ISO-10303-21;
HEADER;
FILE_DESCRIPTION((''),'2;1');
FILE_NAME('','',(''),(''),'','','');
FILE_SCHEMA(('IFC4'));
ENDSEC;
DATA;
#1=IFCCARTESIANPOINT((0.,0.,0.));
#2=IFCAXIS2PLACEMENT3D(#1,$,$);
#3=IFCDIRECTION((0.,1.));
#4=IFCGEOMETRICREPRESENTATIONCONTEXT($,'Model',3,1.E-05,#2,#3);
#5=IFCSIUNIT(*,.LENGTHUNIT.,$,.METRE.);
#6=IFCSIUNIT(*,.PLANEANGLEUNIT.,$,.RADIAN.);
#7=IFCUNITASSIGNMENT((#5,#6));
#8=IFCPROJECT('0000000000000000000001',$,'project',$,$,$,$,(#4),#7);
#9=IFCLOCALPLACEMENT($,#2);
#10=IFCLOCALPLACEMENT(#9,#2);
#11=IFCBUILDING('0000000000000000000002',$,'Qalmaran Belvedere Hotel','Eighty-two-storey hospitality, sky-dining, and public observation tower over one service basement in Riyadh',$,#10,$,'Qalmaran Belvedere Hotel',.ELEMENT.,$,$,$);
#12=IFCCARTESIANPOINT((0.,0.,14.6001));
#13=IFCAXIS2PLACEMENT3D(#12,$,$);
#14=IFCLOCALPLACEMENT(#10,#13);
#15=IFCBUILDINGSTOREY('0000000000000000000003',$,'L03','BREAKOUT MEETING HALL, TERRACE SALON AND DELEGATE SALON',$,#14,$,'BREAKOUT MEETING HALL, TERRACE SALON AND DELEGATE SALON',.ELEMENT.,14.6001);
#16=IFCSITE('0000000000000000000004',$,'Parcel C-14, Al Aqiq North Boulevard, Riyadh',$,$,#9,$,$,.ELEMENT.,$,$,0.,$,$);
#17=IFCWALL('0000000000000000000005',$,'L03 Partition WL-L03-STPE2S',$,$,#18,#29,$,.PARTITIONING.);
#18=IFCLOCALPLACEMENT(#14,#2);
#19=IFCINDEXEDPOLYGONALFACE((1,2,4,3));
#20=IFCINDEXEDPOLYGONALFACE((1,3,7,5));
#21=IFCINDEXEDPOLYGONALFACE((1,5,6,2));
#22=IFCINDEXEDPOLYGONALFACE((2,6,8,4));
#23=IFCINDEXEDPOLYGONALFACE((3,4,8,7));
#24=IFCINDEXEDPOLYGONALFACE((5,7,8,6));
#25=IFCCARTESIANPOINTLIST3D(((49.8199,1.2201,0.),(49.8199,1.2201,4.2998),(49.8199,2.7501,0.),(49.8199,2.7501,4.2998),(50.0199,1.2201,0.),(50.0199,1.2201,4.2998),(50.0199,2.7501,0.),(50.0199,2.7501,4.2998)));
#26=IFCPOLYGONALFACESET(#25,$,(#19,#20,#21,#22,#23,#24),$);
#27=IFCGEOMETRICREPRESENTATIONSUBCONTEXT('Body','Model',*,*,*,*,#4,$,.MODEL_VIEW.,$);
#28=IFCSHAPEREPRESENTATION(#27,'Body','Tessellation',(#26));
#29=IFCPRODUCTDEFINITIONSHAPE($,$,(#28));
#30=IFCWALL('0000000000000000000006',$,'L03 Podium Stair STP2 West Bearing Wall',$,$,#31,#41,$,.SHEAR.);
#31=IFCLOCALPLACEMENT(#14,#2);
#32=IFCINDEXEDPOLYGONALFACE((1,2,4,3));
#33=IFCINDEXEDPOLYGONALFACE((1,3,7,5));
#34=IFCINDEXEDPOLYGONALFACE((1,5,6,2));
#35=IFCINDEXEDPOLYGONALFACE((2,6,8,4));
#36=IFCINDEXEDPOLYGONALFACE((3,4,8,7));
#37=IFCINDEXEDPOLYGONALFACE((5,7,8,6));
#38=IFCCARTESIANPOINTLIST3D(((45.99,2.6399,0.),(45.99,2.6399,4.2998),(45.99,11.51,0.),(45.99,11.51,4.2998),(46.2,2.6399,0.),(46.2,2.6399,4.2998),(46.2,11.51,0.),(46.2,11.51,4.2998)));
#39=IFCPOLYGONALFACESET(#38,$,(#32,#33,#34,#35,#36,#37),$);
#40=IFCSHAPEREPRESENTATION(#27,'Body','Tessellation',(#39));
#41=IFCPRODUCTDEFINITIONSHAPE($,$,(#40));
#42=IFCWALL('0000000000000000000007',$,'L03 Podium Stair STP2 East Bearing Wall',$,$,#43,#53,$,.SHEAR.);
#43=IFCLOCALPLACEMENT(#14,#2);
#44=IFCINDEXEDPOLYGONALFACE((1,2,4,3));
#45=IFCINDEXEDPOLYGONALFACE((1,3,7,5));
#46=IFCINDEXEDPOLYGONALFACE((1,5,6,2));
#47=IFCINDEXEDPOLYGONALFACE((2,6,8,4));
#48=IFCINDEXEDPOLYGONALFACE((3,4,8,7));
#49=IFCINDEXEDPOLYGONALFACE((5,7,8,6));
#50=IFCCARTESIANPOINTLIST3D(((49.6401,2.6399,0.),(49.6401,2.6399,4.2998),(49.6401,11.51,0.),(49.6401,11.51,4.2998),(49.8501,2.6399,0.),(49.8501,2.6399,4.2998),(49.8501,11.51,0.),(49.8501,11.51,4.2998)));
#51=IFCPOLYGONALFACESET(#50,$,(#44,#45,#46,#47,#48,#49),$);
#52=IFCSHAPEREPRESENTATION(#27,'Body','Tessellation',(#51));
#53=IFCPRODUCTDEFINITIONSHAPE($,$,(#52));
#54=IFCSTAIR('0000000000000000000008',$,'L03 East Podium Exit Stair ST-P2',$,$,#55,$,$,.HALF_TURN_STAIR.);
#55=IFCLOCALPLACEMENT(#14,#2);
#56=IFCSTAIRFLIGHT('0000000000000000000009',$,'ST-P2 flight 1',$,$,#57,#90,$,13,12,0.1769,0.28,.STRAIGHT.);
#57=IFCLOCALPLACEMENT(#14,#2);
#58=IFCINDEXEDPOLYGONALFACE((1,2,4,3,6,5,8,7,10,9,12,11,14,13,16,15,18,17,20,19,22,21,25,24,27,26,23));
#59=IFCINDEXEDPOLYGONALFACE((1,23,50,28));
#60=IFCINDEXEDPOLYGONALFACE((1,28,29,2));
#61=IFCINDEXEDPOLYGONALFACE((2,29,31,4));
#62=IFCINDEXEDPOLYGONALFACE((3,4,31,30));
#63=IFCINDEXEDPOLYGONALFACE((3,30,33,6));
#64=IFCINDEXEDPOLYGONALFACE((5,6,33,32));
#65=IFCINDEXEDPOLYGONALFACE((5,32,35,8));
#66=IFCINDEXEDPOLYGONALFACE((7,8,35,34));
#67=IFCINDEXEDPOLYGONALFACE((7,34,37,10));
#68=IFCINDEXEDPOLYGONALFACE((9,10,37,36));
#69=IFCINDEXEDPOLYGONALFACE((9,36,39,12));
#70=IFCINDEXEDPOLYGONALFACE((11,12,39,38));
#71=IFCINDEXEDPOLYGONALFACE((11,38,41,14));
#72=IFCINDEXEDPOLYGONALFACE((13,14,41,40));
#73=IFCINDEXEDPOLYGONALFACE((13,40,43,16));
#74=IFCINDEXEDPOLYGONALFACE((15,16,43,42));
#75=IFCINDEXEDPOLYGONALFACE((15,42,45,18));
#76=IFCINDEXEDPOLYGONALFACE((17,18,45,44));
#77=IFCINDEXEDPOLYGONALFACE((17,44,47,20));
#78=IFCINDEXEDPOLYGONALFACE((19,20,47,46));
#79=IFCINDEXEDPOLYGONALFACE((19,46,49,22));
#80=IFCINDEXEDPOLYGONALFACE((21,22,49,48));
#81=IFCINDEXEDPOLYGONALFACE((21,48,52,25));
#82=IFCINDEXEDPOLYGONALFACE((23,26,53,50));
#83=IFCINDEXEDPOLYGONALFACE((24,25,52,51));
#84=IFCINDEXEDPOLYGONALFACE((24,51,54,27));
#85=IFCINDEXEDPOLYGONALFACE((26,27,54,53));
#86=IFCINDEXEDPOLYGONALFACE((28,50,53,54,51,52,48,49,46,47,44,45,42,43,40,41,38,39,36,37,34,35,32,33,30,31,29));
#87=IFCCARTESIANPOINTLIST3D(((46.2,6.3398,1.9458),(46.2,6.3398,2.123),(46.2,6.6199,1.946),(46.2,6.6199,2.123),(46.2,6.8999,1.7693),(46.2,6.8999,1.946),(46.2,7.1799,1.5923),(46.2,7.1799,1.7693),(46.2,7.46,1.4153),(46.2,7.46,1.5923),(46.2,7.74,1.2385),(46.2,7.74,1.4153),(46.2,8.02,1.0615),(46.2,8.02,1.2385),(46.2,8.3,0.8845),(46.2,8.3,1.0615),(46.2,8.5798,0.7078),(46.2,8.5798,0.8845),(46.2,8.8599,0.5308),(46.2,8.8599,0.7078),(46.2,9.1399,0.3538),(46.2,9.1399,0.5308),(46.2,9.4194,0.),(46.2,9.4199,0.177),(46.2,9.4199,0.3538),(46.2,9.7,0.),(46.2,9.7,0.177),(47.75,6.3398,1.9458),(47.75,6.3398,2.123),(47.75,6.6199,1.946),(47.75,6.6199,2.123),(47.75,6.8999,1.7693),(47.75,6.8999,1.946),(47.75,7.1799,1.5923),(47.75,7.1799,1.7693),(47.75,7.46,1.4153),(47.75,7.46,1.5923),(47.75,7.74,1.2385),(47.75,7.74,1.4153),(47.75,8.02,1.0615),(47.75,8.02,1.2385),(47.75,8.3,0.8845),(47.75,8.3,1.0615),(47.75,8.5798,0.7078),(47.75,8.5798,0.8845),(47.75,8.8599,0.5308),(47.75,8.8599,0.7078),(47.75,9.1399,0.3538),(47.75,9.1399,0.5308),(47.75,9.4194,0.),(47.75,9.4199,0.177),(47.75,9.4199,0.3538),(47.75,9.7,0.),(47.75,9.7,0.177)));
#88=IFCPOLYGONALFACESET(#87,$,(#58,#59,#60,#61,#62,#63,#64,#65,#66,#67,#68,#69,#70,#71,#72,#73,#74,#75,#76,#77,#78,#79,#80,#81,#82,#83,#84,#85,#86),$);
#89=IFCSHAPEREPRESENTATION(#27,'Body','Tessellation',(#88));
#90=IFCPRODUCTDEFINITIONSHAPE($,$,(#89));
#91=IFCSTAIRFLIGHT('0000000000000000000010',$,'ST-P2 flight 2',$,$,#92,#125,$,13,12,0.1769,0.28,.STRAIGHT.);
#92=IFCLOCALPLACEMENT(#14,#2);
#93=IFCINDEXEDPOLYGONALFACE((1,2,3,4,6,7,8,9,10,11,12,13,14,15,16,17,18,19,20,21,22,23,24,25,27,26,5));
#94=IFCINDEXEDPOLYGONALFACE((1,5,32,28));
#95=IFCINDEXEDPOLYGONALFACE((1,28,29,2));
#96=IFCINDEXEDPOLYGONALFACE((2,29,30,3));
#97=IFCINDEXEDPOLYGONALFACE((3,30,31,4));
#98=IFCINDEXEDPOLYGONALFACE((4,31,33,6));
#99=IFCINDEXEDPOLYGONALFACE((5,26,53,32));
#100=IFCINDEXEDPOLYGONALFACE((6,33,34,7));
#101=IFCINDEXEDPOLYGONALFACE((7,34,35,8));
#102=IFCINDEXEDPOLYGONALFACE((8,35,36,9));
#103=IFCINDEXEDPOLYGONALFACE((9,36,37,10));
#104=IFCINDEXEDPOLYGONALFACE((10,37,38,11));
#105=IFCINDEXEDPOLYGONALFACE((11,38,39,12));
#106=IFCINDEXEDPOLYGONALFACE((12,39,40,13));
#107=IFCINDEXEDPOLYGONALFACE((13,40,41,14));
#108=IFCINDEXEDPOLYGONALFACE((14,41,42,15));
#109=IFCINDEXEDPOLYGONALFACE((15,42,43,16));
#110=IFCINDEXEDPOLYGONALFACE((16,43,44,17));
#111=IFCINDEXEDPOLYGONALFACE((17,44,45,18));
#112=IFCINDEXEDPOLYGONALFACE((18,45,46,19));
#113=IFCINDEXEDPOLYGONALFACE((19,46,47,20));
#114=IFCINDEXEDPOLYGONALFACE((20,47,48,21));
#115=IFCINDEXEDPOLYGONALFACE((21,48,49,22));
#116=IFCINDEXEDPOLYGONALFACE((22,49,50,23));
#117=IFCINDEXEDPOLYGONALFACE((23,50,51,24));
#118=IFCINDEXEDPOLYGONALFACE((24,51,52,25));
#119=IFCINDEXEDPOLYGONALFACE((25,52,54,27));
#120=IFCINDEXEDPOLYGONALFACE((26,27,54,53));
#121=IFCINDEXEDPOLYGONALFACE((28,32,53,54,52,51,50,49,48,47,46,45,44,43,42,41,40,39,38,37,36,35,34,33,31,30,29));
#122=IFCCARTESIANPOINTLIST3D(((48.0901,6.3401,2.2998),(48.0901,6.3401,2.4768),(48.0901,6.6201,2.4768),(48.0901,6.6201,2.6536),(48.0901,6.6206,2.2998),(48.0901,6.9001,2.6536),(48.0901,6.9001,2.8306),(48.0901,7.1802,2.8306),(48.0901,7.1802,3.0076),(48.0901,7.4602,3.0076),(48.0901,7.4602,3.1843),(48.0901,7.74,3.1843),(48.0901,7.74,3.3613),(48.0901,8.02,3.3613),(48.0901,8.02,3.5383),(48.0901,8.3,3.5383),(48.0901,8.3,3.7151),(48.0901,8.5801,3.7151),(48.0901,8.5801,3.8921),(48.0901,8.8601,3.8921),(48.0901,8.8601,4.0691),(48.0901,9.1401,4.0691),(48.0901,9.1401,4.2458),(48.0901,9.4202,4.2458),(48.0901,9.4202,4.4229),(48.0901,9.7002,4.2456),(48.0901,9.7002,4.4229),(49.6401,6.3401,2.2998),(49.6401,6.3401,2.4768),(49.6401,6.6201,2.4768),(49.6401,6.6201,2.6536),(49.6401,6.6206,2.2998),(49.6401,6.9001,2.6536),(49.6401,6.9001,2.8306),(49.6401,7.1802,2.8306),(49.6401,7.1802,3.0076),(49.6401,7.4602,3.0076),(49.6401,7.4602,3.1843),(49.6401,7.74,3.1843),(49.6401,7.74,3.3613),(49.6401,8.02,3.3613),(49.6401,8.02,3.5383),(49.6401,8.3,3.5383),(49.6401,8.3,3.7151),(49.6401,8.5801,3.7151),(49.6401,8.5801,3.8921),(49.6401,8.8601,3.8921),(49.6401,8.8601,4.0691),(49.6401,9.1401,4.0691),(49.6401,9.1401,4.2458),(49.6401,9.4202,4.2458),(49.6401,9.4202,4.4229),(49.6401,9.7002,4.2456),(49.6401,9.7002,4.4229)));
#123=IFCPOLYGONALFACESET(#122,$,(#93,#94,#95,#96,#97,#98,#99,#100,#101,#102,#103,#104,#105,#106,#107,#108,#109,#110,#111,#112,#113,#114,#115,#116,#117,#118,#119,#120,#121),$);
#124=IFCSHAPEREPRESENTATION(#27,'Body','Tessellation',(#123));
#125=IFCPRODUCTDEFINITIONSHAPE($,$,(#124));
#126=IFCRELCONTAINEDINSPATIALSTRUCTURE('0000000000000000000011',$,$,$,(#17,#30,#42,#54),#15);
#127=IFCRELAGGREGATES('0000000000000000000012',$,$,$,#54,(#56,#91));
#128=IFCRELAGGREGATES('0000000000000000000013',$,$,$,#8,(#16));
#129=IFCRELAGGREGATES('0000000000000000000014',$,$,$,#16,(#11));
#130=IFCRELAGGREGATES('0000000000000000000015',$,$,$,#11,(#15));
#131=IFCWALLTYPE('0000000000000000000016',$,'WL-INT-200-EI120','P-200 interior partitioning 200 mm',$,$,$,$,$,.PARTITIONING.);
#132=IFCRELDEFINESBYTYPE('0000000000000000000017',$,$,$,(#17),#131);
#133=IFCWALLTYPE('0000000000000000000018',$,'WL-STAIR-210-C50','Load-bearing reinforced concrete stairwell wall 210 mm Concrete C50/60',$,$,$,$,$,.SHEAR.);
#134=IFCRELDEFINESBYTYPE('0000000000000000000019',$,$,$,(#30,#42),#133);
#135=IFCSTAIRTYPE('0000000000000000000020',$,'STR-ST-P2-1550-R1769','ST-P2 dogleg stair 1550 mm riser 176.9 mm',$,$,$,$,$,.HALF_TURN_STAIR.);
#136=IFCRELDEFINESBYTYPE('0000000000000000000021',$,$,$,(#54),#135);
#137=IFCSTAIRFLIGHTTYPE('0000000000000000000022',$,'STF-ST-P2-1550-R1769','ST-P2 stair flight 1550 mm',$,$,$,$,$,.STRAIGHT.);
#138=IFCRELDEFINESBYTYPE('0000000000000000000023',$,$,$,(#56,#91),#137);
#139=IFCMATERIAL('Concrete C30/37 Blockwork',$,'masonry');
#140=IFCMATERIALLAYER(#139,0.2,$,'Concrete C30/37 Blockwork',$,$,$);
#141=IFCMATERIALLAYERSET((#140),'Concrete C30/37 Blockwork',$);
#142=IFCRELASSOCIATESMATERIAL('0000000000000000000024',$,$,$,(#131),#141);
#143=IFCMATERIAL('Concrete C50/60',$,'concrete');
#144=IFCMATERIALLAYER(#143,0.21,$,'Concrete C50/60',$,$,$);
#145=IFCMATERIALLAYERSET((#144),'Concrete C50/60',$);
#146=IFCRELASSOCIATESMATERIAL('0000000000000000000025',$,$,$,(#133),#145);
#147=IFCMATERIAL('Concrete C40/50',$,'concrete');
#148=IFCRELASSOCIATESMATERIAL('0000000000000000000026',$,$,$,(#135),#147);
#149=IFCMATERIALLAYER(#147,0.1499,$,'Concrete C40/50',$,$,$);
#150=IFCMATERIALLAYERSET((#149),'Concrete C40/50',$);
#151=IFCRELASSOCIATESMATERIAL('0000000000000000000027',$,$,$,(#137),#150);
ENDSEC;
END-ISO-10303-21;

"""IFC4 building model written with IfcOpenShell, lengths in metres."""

from ifc_helpers import new_model, si_unit, direction, frame, frame_2d, origin, place, context, subcontext, project, spatial, polyline, rectangle, outline, extrude, material, layer, layer_set, type_object, element, aggregate, save


model = new_model("IFC4")

# Units and contexts
model_context = context("Model", 3, precision=1e-05, world=origin(), true_north=direction((0.0, 1.0)))
body_context = subcontext(model_context, "Body", "Model", "MODEL_VIEW")
ifc_project = project(units=[si_unit("LENGTHUNIT", "METRE"), si_unit("PLANEANGLEUNIT", "RADIAN")], contexts=[model_context])

# Site, building, storey
site_placement = place(None, origin())
site = spatial("IfcSite", under=ifc_project, at=site_placement, Name="Parcel C-14, Al Aqiq North Boulevard, Riyadh", CompositionType="ELEMENT", RefElevation=0.0)
building_placement = place(site_placement, origin())
building = spatial("IfcBuilding", under=site, at=building_placement, Name="Qalmaran Belvedere Hotel", Description="Eighty-two-storey hospitality, sky-dining, and public observation tower over one service basement in Riyadh", LongName="Qalmaran Belvedere Hotel", CompositionType="ELEMENT")
storey_placement = place(building_placement, frame((0.0, 0.0, 14.6001)))
storey = spatial("IfcBuildingStorey", under=building, at=storey_placement, Name="L03", Description="BREAKOUT MEETING HALL, TERRACE SALON AND DELEGATE SALON", LongName="BREAKOUT MEETING HALL, TERRACE SALON AND DELEGATE SALON", CompositionType="ELEMENT", Elevation=14.6001)

# Shared definitions
ifc_material_1 = material(Name="Concrete C30/37 Blockwork", Category="masonry")
ifc_layer_1 = layer(ifc_material_1, 0.2, Name="Concrete C30/37 Blockwork")
ifc_layer_set_1 = layer_set([ifc_layer_1], Name="Concrete C30/37 Blockwork")
wall_type_1 = type_object("IfcWallType", Name="WL-INT-200-EI120", Description="P-200 interior partitioning 200 mm", PredefinedType="PARTITIONING", material=ifc_layer_set_1)

# Walls
wall_1_placement = place(storey_placement, frame((49.9199, 1.22, 0.0), z_axis=(0.0, 0.0, 1.0), x_axis=(0.0, 1.0, 0.0)))
element("IfcWall", 1, at=wall_1_placement, inside=storey, type_object=wall_type_1, Name="L03 Partition WL-L03-STPE2S", PredefinedType="PARTITIONING", context=body_context, shape_type="SweptSolid", body=[
    extrude(rectangle(XDim=1.53, YDim=0.2, at=frame_2d((0.7651, 0.0))), origin(), (0.0, 0.0, 1.0), 4.2998),
])
ifc_material_2 = material(Name="Concrete C50/60", Category="concrete")
ifc_layer_2 = layer(ifc_material_2, 0.21, Name="Concrete C50/60")
ifc_layer_set_2 = layer_set([ifc_layer_2], Name="Concrete C50/60")
wall_type_2 = type_object("IfcWallType", Name="WL-STAIR-210-C50", Description="Load-bearing reinforced concrete stairwell wall 210 mm Concrete C50/60", PredefinedType="SHEAR", material=ifc_layer_set_2)
for number, where, z_axis, x_axis, name in (
    (2, (46.095, 2.6399, 0.0), (0.0, 0.0, 1.0), (0.0, 1.0, 0.0), "L03 Podium Stair STP2 West Bearing Wall"),
    (3, (49.7451, 2.6399, 0.0), (0.0, 0.0, 1.0), (0.0, 1.0, 0.0), "L03 Podium Stair STP2 East Bearing Wall"),
):
    element("IfcWall", number, at=place(storey_placement, frame(where, z_axis=z_axis, x_axis=x_axis)), inside=storey, type_object=wall_type_2, Name=name, PredefinedType="SHEAR", context=body_context, shape_type="SweptSolid", body=[
        extrude(rectangle(XDim=8.8701, YDim=0.21, at=frame_2d((4.4351, 0.0))), origin(), (0.0, 0.0, 1.0), 4.2998),
    ])

# Stair, stair flights
ifc_material_3 = material(Name="Concrete C40/50", Category="concrete")
stair_type = type_object("IfcStairType", Name="STR-ST-P2-1550-R1769", Description="ST-P2 dogleg stair 1550 mm riser 176.9 mm", PredefinedType="HALF_TURN_STAIR", material=ifc_material_3)
stair_placement = place(storey_placement, origin())
stair = element("IfcStair", 4, at=stair_placement, inside=storey, type_object=stair_type, Name="L03 East Podium Exit Stair ST-P2", PredefinedType="HALF_TURN_STAIR")
ifc_layer_3 = layer(ifc_material_3, 0.1499, Name="Concrete C40/50")
ifc_layer_set_3 = layer_set([ifc_layer_3], Name="Concrete C40/50")
stair_flight_type = type_object("IfcStairFlightType", Name="STF-ST-P2-1550-R1769", Description="ST-P2 stair flight 1550 mm", PredefinedType="STRAIGHT", material=ifc_layer_set_3)
stair_flight_1_placement = place(storey_placement, frame((46.9751, 9.7, 0.0), z_axis=(0.0, 0.0, 1.0), x_axis=(0.0, -1.0, 0.0)))
stair_flight_1 = element("IfcStairFlight", 5, at=stair_flight_1_placement, type_object=stair_flight_type, Name="ST-P2 flight 1", NumberOfRisers=13, NumberOfTreads=12, PredefinedType="STRAIGHT", RiserHeight=0.1769, TreadLength=0.28, context=body_context, shape_type="SweptSolid", body=[
    extrude(outline(polyline([(0.0, 0.0), (0.0, 0.177), (0.28, 0.177), (0.28, 0.3538), (0.5601, 0.3538), (0.5601, 0.5308), (0.8401, 0.5308), (0.8401, 0.7078), (1.1201, 0.7078), (1.1201, 0.8845), (1.3999, 0.8845), (1.3999, 1.0615), (1.6799, 1.0615), (1.6799, 1.2385), (1.96, 1.2385), (1.96, 1.4153), (2.24, 1.4153), (2.24, 1.5923), (2.52, 1.5923), (2.52, 1.7693), (2.8, 1.7693), (2.8, 1.946), (3.0801, 1.946), (3.0801, 2.123), (3.3601, 2.123), (3.3601, 2.3), (3.3601, 1.9458), (0.2805, 0.0), (0.0, 0.0)])), frame((0.0, 0.7749, 0.0), z_axis=(0.0, -1.0, 0.0), x_axis=(1.0, 0.0, 0.0)), (0.0, 0.0, 1.0), 1.55),
])
stair_flight_2_placement = place(storey_placement, frame((48.865, 6.3401, 2.2998), z_axis=(0.0, 0.0, 1.0), x_axis=(0.0, 1.0, 0.0)))
stair_flight_2 = element("IfcStairFlight", 6, at=stair_flight_2_placement, type_object=stair_flight_type, Name="ST-P2 flight 2", NumberOfRisers=13, NumberOfTreads=12, PredefinedType="STRAIGHT", RiserHeight=0.1769, TreadLength=0.28, context=body_context, shape_type="SweptSolid", body=[
    extrude(outline(polyline([(0.0, 0.0), (0.0, 0.177), (0.28, 0.177), (0.28, 0.3538), (0.5601, 0.3538), (0.5601, 0.5308), (0.8401, 0.5308), (0.8401, 0.7078), (1.1201, 0.7078), (1.1201, 0.8845), (1.3999, 0.8845), (1.3999, 1.0615), (1.6799, 1.0615), (1.6799, 1.2385), (1.96, 1.2385), (1.96, 1.4153), (2.24, 1.4153), (2.24, 1.5923), (2.52, 1.5923), (2.52, 1.7693), (2.8, 1.7693), (2.8, 1.946), (3.0801, 1.946), (3.0801, 2.123), (3.3601, 2.123), (3.3601, 2.3), (3.3601, 1.9458), (0.2805, 0.0), (0.0, 0.0)])), frame((0.0, 0.7749, 0.0), z_axis=(0.0, -1.0, 0.0), x_axis=(1.0, 0.0, 0.0)), (0.0, 0.0, 1.0), 1.55),
])
aggregate(stair, [stair_flight_1, stair_flight_2])

save(model, "model.ifc")
